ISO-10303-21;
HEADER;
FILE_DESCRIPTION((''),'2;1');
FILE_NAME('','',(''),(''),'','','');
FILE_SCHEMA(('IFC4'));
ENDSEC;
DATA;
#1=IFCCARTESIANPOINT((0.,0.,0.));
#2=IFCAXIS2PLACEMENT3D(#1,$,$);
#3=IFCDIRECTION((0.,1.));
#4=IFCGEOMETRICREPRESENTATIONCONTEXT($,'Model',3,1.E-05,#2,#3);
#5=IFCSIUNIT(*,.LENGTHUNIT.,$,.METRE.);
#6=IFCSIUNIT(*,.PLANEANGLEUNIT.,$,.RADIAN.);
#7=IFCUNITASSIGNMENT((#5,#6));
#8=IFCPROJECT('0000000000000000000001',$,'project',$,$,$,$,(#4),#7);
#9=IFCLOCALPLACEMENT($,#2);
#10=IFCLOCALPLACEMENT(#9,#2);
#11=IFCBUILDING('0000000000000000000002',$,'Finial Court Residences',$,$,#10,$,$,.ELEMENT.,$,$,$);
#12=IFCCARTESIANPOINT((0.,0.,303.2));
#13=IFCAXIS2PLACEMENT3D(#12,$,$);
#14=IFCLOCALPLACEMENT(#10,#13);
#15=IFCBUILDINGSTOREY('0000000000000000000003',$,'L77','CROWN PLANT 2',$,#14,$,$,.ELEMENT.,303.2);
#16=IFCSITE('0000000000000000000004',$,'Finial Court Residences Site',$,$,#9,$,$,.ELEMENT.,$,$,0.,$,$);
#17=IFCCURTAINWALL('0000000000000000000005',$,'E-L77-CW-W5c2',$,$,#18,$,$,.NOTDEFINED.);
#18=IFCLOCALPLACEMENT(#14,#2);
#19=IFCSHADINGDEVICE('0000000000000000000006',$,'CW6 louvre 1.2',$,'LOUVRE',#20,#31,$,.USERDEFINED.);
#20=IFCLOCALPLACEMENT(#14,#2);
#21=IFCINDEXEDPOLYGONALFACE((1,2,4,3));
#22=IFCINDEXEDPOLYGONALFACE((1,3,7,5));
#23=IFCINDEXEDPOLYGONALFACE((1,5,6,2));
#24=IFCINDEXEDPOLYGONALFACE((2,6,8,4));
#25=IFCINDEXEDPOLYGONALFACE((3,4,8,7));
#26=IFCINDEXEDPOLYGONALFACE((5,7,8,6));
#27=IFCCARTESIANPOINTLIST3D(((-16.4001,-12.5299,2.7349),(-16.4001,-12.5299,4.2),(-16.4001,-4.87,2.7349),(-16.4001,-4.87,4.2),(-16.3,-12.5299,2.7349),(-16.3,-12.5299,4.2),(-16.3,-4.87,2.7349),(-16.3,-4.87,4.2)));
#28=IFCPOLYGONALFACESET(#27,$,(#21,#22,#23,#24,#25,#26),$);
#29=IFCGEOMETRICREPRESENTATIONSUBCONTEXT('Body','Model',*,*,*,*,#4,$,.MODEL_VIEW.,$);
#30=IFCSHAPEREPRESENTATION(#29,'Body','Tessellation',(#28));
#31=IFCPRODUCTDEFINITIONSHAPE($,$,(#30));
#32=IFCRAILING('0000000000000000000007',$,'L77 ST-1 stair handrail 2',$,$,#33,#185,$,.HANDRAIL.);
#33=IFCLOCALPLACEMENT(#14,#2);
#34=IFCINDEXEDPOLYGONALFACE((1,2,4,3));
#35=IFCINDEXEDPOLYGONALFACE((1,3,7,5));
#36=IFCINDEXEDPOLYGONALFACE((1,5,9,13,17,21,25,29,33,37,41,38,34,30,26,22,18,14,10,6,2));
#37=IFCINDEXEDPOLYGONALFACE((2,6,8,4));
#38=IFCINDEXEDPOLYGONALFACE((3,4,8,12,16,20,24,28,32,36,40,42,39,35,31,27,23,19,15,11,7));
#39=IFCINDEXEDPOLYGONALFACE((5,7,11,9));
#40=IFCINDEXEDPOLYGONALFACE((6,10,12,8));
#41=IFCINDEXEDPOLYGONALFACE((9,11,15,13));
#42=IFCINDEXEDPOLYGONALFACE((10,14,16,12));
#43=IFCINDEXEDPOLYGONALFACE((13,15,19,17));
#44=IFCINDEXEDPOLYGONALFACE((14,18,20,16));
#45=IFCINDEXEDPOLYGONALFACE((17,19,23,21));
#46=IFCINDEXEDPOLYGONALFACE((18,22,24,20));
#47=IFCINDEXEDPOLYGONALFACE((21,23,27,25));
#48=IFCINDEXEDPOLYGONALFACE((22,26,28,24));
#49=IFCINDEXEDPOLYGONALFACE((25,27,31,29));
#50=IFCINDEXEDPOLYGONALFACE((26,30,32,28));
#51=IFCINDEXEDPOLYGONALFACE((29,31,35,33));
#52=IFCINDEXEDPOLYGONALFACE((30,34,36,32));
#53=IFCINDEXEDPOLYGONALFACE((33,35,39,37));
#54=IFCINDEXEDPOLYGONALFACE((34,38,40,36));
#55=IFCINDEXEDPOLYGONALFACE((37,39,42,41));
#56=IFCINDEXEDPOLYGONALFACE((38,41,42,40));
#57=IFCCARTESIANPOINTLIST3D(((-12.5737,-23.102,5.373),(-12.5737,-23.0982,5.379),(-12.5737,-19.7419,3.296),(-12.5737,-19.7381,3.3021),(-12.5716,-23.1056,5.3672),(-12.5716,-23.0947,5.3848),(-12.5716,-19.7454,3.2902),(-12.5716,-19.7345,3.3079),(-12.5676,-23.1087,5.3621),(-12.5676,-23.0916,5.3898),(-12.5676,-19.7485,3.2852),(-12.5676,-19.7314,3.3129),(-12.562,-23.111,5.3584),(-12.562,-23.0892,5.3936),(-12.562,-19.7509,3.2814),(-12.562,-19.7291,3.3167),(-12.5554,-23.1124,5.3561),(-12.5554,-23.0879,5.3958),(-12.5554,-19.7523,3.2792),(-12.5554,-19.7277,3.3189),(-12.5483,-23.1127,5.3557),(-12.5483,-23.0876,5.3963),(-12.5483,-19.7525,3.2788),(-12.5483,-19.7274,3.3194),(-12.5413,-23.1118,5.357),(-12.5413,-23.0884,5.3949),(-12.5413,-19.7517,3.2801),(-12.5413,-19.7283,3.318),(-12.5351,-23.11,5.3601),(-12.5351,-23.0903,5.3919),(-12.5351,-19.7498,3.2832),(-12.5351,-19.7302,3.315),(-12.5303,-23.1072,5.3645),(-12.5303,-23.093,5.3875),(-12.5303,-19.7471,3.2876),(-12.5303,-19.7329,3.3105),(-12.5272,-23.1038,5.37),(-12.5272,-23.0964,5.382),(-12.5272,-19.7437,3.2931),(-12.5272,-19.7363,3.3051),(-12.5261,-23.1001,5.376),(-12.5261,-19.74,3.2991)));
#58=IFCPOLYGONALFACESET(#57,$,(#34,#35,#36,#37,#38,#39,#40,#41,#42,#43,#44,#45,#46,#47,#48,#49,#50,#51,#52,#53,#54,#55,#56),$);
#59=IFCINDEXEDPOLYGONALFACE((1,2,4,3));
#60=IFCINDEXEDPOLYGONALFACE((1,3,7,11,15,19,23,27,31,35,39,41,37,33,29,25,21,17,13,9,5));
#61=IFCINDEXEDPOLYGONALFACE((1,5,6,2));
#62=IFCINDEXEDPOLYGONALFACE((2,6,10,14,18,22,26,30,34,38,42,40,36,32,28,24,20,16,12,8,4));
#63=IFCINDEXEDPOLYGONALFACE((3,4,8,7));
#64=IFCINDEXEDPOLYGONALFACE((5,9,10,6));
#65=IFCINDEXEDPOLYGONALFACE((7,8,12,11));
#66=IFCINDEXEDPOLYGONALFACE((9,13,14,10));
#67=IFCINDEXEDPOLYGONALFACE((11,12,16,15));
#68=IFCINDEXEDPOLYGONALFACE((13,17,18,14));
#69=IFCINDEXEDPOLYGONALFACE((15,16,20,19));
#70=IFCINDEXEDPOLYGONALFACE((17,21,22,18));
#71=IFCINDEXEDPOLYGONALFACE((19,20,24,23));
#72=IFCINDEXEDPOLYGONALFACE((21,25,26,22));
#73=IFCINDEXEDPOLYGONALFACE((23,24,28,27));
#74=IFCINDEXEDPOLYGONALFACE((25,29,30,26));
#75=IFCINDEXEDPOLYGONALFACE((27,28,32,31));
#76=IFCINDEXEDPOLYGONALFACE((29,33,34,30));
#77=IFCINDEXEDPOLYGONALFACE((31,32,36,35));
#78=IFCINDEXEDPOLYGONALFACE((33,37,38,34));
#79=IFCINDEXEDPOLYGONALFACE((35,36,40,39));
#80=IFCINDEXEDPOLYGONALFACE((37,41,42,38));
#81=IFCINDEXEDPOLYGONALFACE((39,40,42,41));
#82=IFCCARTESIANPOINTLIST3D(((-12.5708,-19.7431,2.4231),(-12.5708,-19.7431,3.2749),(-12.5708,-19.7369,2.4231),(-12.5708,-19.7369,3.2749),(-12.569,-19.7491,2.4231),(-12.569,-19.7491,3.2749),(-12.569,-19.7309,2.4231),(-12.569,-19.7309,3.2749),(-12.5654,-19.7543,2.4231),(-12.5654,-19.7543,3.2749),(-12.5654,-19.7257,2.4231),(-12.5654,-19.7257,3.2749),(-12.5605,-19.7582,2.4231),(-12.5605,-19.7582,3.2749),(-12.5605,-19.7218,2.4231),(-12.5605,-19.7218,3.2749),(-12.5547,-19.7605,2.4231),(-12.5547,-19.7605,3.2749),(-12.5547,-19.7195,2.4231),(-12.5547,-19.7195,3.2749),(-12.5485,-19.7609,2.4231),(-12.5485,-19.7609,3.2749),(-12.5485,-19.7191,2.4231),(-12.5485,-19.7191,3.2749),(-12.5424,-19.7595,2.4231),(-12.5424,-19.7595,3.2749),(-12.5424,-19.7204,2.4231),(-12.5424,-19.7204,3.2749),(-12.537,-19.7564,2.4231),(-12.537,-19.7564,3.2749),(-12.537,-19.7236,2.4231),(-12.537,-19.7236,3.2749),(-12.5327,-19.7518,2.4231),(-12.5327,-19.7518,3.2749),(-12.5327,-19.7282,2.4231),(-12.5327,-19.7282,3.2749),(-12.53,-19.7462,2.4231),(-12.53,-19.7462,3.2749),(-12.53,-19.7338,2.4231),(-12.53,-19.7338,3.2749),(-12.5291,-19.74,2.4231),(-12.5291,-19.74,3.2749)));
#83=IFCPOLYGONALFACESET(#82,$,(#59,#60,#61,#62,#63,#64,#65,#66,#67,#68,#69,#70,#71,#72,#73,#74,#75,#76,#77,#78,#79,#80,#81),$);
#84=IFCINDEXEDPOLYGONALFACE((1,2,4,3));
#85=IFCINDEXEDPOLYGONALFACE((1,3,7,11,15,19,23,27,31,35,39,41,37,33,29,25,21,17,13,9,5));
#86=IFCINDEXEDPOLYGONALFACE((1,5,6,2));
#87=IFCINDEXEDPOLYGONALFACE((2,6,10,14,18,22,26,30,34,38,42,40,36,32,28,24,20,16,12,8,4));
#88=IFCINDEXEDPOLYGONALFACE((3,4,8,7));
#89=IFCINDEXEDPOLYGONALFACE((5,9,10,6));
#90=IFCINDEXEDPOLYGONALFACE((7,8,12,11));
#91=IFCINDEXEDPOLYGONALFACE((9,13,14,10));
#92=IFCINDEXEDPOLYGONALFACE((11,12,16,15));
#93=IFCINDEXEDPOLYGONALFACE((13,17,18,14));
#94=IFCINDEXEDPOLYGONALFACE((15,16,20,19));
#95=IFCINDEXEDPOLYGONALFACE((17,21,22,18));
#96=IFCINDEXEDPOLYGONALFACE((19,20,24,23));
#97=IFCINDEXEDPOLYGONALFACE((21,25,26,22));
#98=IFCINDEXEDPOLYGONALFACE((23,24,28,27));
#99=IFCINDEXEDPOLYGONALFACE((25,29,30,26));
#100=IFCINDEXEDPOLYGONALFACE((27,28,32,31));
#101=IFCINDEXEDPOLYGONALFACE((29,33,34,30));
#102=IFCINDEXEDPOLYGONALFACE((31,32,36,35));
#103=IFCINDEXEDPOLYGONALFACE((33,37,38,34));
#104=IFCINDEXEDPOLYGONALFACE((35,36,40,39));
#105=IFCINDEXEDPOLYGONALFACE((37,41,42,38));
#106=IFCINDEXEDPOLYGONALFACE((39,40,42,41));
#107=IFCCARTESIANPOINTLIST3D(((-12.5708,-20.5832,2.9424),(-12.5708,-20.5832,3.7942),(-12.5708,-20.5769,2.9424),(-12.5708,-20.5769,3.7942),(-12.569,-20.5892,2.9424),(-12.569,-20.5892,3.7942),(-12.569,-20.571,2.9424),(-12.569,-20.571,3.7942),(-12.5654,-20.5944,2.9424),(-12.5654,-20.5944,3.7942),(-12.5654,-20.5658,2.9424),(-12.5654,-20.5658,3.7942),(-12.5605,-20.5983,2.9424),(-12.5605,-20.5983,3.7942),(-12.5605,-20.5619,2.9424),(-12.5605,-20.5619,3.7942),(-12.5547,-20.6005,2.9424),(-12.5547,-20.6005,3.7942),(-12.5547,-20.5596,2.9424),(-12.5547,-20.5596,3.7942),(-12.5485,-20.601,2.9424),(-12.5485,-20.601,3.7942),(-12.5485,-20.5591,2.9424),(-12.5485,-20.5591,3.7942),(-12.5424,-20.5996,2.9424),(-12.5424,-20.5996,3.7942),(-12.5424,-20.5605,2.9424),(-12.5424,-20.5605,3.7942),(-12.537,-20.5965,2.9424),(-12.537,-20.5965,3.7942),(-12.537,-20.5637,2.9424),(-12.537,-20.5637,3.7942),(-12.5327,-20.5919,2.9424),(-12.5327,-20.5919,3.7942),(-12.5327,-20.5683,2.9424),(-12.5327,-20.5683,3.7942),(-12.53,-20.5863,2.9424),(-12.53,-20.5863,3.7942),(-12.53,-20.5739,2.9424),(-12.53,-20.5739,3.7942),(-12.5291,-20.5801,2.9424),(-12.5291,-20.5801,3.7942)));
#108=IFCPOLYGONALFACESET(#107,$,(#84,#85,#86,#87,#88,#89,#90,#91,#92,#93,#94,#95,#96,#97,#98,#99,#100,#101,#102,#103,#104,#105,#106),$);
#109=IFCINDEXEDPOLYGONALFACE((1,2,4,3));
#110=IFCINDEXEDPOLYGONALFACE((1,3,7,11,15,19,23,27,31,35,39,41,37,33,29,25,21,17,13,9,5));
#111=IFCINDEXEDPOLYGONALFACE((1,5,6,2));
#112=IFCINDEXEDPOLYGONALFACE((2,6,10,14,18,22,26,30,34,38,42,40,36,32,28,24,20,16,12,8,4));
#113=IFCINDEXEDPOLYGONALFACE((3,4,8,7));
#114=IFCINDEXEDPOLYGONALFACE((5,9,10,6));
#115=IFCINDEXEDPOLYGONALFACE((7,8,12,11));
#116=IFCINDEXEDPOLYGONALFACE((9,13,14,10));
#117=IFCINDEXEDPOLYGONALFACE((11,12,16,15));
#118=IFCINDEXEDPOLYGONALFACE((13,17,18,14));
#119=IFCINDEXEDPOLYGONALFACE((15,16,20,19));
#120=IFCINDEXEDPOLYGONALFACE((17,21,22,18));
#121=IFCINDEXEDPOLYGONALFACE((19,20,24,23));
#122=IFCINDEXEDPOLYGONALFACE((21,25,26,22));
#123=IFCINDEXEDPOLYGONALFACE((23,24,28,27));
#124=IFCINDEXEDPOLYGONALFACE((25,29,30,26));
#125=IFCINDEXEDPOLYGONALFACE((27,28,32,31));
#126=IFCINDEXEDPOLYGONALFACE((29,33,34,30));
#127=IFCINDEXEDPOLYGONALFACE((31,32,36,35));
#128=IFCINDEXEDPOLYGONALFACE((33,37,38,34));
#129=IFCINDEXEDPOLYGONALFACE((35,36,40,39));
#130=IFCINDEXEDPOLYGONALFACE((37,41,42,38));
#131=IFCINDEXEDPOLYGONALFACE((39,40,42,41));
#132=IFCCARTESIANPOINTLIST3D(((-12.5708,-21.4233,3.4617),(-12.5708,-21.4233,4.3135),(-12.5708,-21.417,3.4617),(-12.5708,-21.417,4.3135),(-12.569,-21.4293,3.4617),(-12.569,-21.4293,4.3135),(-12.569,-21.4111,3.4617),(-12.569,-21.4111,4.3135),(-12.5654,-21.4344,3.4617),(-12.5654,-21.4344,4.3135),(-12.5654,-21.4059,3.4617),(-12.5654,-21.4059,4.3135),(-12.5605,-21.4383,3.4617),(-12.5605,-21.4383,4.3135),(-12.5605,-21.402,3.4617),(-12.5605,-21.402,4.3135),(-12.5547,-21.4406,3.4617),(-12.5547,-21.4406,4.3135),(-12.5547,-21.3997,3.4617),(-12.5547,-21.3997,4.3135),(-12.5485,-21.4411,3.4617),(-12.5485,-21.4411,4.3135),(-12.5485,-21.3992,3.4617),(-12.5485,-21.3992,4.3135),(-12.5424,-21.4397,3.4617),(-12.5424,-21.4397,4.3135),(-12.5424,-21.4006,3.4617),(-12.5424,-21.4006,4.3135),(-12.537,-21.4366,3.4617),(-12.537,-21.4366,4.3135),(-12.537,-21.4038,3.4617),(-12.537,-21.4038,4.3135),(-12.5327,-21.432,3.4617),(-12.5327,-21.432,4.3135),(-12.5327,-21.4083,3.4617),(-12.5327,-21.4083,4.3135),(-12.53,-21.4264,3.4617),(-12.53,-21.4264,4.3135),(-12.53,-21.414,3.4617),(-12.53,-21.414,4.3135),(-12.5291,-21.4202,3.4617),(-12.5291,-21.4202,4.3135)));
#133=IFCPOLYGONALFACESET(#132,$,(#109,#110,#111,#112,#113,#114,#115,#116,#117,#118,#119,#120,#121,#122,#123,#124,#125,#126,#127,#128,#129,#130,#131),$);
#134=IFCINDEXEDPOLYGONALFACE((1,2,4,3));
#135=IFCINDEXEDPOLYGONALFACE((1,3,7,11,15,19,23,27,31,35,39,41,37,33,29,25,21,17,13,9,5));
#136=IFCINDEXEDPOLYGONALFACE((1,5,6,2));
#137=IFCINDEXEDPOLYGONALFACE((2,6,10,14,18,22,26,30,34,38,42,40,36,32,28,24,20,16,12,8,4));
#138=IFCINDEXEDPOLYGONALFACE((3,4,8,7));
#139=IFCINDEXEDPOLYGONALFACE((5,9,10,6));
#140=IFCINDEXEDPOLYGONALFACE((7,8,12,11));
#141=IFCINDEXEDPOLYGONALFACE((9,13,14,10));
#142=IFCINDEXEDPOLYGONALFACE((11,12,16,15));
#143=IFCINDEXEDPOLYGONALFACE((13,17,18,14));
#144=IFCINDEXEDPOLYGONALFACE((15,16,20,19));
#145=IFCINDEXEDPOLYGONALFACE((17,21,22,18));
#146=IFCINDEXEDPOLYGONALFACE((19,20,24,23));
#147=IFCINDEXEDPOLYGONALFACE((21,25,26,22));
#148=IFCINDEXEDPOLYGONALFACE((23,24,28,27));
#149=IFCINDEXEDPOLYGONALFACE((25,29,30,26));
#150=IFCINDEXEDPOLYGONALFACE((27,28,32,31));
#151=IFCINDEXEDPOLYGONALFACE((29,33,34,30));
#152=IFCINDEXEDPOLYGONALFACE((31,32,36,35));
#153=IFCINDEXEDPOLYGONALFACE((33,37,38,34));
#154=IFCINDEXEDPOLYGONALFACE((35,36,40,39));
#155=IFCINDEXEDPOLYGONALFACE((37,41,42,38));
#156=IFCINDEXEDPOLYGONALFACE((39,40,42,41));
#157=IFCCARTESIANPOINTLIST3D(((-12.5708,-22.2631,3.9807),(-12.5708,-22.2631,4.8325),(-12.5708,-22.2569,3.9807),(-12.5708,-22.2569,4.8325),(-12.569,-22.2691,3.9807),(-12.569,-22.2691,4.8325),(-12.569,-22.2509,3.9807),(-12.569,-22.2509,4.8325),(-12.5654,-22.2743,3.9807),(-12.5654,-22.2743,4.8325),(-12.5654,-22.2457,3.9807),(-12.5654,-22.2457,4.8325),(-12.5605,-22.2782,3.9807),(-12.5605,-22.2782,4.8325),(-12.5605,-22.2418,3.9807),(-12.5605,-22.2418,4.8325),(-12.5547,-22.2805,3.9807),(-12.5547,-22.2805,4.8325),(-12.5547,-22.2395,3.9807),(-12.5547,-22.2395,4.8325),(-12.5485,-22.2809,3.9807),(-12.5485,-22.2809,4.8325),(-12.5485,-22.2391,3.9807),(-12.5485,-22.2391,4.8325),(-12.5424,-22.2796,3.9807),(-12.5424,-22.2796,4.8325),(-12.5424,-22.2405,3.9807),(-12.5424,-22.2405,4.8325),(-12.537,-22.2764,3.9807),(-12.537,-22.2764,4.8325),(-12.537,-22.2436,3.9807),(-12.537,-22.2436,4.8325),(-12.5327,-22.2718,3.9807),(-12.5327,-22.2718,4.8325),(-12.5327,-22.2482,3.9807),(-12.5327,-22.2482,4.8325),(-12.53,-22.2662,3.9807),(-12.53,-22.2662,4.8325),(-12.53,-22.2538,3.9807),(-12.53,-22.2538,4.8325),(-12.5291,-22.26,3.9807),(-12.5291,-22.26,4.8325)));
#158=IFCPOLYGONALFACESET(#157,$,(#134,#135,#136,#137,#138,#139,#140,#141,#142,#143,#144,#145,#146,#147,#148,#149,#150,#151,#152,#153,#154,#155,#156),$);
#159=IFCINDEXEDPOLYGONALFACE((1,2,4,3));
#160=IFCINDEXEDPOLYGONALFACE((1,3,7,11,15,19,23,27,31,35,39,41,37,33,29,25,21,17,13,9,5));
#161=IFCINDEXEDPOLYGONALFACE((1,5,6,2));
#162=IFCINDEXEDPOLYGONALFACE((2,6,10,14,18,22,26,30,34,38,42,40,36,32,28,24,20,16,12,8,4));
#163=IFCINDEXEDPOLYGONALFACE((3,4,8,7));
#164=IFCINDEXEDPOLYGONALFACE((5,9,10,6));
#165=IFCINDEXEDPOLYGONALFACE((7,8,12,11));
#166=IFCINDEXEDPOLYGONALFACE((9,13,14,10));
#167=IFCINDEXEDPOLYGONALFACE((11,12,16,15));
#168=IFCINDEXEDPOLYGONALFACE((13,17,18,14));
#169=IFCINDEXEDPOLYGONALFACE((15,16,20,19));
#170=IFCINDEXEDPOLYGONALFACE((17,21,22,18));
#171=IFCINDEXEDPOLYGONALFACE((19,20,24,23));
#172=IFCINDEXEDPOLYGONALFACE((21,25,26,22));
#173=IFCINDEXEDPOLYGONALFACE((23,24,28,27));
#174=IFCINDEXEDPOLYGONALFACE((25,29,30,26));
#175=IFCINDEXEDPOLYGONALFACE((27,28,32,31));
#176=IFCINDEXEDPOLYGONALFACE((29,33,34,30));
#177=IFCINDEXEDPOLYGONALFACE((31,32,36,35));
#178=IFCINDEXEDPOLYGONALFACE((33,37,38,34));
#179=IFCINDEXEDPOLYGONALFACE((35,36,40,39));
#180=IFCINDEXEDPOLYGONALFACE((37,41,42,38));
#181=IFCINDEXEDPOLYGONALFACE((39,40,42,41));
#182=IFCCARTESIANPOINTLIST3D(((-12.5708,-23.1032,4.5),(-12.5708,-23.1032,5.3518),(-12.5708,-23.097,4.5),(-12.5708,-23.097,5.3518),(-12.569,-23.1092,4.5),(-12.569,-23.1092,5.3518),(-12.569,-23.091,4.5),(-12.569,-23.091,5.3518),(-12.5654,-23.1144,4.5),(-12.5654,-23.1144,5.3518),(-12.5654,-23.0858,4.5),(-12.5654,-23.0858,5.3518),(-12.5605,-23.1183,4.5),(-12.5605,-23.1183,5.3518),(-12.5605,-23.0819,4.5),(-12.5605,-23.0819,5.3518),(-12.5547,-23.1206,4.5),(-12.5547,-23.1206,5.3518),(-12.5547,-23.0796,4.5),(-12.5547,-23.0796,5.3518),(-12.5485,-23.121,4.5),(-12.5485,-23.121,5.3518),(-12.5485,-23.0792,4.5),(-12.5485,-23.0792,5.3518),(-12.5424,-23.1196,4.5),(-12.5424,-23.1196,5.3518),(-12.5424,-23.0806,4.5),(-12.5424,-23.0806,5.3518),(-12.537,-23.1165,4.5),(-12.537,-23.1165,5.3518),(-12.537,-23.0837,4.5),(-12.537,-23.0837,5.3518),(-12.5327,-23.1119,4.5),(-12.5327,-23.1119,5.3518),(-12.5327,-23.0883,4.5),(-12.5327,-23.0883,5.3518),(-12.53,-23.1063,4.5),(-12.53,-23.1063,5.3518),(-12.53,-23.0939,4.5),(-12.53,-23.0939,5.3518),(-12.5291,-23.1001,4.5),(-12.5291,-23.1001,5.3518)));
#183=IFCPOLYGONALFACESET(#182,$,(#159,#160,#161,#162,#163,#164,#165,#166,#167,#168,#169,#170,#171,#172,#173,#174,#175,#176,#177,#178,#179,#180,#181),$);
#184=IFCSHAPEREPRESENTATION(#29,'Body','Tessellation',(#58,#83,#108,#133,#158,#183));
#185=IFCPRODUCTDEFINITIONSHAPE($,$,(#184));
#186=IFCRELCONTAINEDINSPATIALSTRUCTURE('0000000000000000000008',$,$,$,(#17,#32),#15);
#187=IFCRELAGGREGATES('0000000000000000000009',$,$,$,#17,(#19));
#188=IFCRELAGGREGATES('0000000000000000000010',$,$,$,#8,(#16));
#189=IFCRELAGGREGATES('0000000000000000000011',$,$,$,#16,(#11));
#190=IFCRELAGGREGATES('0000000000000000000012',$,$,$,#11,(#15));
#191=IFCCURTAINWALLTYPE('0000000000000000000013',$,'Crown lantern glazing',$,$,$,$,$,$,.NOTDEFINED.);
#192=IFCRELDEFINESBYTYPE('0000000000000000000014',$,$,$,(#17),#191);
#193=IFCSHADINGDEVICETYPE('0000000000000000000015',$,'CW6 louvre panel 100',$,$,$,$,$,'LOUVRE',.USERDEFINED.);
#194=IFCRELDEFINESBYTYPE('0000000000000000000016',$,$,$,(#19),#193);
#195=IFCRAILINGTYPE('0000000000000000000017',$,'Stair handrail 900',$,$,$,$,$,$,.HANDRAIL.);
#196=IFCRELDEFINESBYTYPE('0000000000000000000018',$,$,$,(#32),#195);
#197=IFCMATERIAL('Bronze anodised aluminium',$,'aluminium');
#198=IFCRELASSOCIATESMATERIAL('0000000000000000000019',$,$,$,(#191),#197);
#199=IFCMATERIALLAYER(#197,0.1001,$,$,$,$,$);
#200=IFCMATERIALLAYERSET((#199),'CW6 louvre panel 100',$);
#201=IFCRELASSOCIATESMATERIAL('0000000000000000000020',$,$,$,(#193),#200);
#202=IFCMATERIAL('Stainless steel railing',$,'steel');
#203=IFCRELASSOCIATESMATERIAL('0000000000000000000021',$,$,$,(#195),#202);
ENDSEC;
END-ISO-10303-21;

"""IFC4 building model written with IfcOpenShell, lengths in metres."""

from ifc_helpers import new_model, si_unit, direction, frame, origin, origin_2d, place, context, subcontext, project, spatial, rectangle, circle, extrude, material, layer, layer_set, type_object, element, aggregate, save


model = new_model("IFC4")

# Units and contexts
model_context = context("Model", 3, precision=1e-05, world=origin(), true_north=direction((0.0, 1.0)))
body_context = subcontext(model_context, "Body", "Model", "MODEL_VIEW")
ifc_project = project(units=[si_unit("LENGTHUNIT", "METRE"), si_unit("PLANEANGLEUNIT", "RADIAN")], contexts=[model_context])

# Site, building, storey
site_placement = place(None, origin())
site = spatial("IfcSite", under=ifc_project, at=site_placement, Name="Finial Court Residences Site", CompositionType="ELEMENT", RefElevation=0.0)
building_placement = place(site_placement, origin())
building = spatial("IfcBuilding", under=site, at=building_placement, Name="Finial Court Residences", CompositionType="ELEMENT")
storey_placement = place(building_placement, frame((0.0, 0.0, 303.2)))
storey = spatial("IfcBuildingStorey", under=building, at=storey_placement, Name="L77", Description="CROWN PLANT 2", CompositionType="ELEMENT", Elevation=303.2)

# Shared definitions
ifc_material_1 = material(Name="Bronze anodised aluminium", Category="aluminium")
curtain_wall_type = type_object("IfcCurtainWallType", Name="Crown lantern glazing", PredefinedType="NOTDEFINED", material=ifc_material_1)

# Curtain wall
curtain_wall_1_placement = place(storey_placement, origin())
curtain_wall_1 = element("IfcCurtainWall", 1, at=curtain_wall_1_placement, inside=storey, type_object=curtain_wall_type, Name="E-L77-CW-W5c2", PredefinedType="NOTDEFINED")

# Shading device
ifc_layer_1 = layer(ifc_material_1, 0.1001)
ifc_layer_set_1 = layer_set([ifc_layer_1], Name="CW6 louvre panel 100")
shading_device_type = type_object("IfcShadingDeviceType", Name="CW6 louvre panel 100", ElementType="LOUVRE", PredefinedType="USERDEFINED", material=ifc_layer_set_1)
shading_device_1_placement = place(storey_placement, frame((-16.3501, -8.7, 2.7349), z_axis=(0.0, 0.0, 1.0), x_axis=(0.0, 1.0, 0.0)))
shading_device_1 = element("IfcShadingDevice", 2, at=shading_device_1_placement, type_object=shading_device_type, Name="CW6 louvre 1.2", ObjectType="LOUVRE", PredefinedType="USERDEFINED", context=body_context, shape_type="SweptSolid", body=[
    extrude(rectangle(XDim=7.6599, YDim=0.1001, at=origin_2d()), origin(), (0.0, 0.0, 1.0), 1.4651),
])
aggregate(curtain_wall_1, [shading_device_1])

# Railing
ifc_material_2 = material(Name="Stainless steel railing", Category="steel")
railing_type = type_object("IfcRailingType", Name="Stair handrail 900", PredefinedType="HANDRAIL", material=ifc_material_2)
railing_placement = place(storey_placement, frame((-12.55, -19.74, 2.4231)))
element("IfcRailing", 3, at=railing_placement, inside=storey, type_object=railing_type, Name="L77 ST-1 stair handrail 2", PredefinedType="HANDRAIL", context=body_context, shape_type="SweptSolid", body=[
    extrude(circle(Radius=0.0239, at=origin_2d()), frame((0.0, 0.0, 0.876), z_axis=(0.0, -0.850623, 0.525776), x_axis=(1.0, 0.0, 0.0)), (0.0, 0.0, 1.0), 3.9502),
    extrude(circle(Radius=0.021, at=origin_2d()), origin(), (0.0, 0.0, 1.0), 0.8518),
    extrude(circle(Radius=0.021, at=origin_2d()), frame((0.0, -0.8401, 0.5193)), (0.0, 0.0, 1.0), 0.8518),
    extrude(circle(Radius=0.021, at=origin_2d()), frame((0.0, -1.6802, 1.0386)), (0.0, 0.0, 1.0), 0.8518),
    extrude(circle(Radius=0.021, at=origin_2d()), frame((0.0, -2.52, 1.5576)), (0.0, 0.0, 1.0), 0.8518),
    extrude(circle(Radius=0.021, at=origin_2d()), frame((0.0, -3.3601, 2.0769)), (0.0, 0.0, 1.0), 0.8518),
])

save(model, "model.ifc")
